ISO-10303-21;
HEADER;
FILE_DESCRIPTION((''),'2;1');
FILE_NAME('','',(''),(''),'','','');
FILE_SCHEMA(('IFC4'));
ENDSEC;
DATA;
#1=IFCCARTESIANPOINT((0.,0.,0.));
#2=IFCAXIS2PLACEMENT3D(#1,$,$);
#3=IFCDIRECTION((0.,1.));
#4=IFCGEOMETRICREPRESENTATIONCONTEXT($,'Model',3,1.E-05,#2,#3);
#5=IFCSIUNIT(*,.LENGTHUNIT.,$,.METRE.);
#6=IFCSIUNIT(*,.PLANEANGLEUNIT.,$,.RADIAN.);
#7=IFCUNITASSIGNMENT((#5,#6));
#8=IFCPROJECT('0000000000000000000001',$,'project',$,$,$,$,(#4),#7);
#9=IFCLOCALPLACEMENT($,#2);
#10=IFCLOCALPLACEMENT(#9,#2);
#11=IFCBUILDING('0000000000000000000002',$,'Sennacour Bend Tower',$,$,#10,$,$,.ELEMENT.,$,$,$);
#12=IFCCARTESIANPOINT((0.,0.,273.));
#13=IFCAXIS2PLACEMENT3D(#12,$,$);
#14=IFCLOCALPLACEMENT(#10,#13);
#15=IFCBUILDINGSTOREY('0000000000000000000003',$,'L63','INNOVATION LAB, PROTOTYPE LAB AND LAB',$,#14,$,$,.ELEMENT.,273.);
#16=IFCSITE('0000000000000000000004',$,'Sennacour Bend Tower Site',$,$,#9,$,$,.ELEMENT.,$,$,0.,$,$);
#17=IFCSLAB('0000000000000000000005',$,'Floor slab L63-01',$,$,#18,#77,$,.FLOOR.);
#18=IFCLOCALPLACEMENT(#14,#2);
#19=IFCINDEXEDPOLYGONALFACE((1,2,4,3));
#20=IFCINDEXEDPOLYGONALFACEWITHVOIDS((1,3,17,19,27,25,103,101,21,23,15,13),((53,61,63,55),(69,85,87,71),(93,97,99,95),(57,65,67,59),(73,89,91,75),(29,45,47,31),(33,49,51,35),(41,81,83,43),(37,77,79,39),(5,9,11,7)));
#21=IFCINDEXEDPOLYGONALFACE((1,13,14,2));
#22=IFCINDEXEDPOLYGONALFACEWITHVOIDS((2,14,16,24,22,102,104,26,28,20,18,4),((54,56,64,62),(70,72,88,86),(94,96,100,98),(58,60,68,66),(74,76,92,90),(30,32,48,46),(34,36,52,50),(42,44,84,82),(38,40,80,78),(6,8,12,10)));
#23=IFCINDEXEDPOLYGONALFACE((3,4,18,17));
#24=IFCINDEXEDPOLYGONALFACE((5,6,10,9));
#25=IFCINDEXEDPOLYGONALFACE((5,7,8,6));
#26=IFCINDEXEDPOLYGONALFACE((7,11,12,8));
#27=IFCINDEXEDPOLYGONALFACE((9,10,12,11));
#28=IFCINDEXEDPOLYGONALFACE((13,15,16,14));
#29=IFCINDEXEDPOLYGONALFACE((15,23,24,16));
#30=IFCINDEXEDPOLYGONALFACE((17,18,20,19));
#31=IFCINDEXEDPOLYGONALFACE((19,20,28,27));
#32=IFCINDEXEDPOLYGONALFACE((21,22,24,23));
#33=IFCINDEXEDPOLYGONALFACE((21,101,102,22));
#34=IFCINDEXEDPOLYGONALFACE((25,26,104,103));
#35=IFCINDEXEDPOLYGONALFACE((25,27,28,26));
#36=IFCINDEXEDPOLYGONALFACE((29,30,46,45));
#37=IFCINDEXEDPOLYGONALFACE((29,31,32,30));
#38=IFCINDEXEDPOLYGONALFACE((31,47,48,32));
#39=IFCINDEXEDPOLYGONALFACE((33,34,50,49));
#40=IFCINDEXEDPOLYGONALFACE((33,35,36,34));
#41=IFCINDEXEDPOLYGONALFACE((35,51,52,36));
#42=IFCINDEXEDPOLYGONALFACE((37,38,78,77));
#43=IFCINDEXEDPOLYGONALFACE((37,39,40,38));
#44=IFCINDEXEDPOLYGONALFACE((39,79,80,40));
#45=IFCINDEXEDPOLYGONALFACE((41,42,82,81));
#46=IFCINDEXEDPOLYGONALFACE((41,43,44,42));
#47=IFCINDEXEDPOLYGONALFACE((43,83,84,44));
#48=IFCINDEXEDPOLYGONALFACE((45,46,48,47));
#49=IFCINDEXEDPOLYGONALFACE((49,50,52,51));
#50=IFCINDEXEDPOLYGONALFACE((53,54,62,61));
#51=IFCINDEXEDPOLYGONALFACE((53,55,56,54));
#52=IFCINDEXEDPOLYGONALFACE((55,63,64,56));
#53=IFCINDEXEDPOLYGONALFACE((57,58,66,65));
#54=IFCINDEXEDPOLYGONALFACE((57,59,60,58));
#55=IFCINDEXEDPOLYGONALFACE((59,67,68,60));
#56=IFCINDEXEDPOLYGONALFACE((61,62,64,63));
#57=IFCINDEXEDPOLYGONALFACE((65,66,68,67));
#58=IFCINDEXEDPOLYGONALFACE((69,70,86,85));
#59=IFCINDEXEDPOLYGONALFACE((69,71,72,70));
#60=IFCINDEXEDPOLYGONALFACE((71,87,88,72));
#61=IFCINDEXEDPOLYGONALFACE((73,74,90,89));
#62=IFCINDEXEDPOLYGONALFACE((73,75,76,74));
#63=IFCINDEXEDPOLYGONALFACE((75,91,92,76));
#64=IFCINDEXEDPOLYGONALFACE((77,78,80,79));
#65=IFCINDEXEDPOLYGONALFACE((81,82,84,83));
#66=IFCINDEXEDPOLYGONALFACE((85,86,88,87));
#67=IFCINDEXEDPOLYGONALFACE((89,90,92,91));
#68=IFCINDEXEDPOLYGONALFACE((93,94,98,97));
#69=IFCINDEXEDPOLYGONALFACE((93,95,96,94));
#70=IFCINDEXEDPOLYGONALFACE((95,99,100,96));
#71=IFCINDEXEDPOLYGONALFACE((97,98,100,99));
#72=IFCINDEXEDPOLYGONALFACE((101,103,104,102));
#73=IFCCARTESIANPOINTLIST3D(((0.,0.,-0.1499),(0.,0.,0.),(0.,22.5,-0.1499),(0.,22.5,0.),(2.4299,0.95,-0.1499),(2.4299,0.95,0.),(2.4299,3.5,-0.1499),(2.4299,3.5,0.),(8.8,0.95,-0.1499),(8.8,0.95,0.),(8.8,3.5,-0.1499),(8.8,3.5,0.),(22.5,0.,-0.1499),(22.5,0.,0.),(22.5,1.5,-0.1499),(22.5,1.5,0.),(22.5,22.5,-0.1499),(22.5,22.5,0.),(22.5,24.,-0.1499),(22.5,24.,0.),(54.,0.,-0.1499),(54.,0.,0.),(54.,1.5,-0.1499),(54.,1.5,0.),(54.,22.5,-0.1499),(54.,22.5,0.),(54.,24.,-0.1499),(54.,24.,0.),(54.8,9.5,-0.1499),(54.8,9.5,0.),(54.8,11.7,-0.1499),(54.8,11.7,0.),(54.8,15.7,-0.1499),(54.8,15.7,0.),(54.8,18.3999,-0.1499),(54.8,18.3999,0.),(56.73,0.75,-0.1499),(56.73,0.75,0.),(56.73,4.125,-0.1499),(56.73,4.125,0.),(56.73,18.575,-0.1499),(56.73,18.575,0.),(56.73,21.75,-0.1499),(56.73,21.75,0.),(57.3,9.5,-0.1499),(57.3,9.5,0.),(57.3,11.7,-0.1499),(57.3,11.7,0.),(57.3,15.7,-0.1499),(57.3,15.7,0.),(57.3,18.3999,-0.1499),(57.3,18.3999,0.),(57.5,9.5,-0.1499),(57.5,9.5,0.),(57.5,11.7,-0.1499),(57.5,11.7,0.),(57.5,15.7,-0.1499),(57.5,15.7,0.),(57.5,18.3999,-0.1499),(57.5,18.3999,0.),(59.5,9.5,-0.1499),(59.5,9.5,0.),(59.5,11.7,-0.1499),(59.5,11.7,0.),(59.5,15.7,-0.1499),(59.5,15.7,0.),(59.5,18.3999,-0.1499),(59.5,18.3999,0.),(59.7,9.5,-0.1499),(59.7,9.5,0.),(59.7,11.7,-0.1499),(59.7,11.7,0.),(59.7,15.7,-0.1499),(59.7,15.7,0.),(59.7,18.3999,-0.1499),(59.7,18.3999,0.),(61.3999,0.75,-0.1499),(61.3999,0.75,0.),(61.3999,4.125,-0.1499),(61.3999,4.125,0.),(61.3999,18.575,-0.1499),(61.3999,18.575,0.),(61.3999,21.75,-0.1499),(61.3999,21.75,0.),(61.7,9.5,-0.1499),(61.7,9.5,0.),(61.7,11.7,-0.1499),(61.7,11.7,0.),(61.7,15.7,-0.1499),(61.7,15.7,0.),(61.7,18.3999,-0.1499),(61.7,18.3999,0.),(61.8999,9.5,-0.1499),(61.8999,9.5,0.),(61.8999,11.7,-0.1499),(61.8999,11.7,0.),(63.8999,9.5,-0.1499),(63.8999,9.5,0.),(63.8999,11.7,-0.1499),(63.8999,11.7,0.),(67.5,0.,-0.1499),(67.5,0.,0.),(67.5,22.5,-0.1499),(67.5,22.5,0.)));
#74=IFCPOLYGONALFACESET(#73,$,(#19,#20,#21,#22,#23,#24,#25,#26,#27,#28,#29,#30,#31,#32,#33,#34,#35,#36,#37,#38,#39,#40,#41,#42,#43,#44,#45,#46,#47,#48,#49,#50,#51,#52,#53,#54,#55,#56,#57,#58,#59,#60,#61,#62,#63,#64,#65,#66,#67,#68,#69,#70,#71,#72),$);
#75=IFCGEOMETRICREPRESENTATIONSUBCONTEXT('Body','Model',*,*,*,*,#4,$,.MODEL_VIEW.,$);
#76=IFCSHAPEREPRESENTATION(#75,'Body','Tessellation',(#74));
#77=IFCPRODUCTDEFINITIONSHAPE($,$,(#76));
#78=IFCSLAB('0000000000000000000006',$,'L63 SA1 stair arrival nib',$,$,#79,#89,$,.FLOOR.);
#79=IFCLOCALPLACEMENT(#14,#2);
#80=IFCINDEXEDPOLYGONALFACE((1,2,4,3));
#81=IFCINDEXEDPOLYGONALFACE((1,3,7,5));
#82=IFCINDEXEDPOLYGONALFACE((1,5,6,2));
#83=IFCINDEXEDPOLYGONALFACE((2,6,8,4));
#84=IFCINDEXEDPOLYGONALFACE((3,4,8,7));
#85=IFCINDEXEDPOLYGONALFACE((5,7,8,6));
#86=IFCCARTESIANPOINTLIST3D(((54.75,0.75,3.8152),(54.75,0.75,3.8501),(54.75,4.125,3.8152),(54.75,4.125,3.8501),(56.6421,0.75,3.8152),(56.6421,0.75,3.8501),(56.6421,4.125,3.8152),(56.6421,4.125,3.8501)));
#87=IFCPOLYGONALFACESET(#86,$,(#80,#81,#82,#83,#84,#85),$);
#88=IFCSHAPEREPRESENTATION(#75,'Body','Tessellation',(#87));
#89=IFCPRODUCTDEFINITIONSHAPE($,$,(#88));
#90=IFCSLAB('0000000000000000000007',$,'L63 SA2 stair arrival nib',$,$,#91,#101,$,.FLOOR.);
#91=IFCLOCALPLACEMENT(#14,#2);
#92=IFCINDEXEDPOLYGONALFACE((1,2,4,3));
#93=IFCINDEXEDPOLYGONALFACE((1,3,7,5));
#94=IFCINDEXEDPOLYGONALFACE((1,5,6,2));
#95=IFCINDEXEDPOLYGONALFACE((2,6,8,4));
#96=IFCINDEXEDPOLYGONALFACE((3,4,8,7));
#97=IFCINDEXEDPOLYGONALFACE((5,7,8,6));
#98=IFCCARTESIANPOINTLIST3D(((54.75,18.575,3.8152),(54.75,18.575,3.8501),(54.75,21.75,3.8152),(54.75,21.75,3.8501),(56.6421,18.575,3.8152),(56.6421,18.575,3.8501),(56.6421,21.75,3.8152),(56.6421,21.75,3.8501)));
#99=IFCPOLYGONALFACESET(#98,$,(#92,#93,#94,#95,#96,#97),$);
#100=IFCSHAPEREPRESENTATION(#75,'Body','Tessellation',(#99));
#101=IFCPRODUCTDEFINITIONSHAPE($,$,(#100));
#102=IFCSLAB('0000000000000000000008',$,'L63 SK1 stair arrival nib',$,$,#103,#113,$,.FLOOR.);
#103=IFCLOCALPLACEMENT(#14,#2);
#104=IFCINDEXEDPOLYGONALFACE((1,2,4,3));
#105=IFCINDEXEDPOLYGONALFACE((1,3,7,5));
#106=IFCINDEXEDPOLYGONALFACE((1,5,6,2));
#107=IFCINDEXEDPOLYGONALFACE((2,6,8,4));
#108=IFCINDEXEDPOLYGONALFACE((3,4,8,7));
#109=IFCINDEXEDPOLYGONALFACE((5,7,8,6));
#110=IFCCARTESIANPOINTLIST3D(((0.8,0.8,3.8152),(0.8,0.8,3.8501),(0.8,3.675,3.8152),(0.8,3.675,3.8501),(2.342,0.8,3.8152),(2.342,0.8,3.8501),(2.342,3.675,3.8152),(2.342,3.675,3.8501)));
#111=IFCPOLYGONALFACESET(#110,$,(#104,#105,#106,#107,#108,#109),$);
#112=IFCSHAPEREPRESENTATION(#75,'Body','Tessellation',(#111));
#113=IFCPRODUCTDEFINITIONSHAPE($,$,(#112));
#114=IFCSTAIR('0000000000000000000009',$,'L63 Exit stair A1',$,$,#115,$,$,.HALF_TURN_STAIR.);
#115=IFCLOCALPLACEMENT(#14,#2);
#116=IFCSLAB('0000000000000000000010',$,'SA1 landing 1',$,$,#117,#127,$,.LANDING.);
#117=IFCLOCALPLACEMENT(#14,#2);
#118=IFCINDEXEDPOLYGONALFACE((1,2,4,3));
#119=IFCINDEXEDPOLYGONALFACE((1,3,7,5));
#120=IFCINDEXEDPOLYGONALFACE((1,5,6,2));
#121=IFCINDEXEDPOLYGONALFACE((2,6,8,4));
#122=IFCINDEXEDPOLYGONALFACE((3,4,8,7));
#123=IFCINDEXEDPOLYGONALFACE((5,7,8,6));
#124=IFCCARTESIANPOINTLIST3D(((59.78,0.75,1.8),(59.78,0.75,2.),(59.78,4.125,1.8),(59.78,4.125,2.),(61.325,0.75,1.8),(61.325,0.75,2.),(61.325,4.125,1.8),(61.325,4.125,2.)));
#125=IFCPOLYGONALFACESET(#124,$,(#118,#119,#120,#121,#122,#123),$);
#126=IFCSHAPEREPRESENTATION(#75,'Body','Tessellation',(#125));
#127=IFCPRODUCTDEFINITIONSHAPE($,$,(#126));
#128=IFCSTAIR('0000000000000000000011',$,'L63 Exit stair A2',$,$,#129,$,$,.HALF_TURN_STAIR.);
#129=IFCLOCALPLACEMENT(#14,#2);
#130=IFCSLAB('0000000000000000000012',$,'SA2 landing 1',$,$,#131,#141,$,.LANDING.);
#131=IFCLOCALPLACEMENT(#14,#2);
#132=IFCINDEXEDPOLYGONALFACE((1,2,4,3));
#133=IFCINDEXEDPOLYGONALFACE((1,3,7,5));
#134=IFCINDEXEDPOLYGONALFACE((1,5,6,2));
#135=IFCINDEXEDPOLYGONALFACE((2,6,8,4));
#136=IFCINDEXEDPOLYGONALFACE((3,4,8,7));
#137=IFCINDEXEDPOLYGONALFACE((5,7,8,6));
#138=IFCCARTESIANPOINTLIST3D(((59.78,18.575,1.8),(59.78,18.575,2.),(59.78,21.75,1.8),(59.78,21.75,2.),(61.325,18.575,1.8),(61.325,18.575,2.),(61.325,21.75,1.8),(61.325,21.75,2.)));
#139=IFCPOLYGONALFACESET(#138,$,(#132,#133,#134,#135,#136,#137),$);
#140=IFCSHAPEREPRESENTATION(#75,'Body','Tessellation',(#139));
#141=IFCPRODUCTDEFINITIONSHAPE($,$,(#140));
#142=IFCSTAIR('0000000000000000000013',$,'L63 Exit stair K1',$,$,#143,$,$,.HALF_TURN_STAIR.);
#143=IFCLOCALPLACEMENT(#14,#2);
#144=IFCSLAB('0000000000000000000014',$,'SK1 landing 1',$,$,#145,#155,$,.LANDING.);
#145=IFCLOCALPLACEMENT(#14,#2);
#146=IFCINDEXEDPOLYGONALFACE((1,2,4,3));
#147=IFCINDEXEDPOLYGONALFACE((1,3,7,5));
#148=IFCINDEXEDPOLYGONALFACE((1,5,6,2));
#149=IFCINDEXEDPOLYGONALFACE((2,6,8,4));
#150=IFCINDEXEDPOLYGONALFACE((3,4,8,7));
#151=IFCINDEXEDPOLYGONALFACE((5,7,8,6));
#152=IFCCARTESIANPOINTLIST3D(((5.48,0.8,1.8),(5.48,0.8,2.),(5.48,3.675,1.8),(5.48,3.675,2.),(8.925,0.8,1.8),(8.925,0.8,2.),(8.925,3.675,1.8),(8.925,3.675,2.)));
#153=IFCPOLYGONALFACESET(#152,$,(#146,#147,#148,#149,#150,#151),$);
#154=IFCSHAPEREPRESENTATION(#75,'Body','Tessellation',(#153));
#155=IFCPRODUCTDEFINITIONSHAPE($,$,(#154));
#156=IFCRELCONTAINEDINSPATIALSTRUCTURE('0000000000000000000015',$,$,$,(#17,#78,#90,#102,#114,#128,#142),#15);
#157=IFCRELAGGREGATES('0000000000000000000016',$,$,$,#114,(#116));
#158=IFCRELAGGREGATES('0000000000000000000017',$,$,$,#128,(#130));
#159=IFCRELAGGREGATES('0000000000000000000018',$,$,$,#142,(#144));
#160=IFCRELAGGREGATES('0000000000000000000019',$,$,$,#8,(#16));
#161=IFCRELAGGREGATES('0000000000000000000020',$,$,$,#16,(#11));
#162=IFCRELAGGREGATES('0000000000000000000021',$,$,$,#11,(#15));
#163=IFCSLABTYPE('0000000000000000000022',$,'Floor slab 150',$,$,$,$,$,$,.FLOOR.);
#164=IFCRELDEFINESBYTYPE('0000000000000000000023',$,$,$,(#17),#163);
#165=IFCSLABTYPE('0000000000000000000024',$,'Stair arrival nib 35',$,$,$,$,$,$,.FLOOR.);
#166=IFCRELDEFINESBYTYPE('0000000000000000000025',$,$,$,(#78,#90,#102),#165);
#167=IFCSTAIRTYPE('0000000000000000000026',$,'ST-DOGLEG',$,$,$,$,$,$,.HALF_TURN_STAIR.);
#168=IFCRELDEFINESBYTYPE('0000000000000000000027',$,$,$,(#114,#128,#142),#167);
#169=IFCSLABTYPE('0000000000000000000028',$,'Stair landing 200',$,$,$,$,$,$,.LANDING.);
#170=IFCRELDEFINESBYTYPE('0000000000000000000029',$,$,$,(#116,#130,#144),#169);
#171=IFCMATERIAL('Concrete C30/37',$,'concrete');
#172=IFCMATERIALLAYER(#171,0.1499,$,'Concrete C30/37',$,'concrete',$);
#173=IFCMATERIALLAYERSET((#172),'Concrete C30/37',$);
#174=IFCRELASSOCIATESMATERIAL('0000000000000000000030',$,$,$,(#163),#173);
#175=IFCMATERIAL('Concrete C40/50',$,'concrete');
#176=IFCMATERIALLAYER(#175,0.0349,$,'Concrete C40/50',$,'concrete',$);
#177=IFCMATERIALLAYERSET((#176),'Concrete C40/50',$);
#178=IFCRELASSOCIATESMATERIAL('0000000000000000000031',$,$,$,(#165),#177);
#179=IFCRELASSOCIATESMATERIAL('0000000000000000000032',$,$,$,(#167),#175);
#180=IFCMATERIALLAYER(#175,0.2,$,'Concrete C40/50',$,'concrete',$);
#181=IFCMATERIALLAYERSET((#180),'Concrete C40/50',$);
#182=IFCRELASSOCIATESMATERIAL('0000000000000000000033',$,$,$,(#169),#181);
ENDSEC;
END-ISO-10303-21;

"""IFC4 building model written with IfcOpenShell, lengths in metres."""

from ifc_helpers import new_model, si_unit, direction, frame, origin, place, context, subcontext, project, spatial, polyline, outline, extrude, material, layer, layer_set, type_object, element, aggregate, save


model = new_model("IFC4")

# Units and contexts
model_context = context("Model", 3, precision=1e-05, world=origin(), true_north=direction((0.0, 1.0)))
body_context = subcontext(model_context, "Body", "Model", "MODEL_VIEW")
ifc_project = project(units=[si_unit("LENGTHUNIT", "METRE"), si_unit("PLANEANGLEUNIT", "RADIAN")], contexts=[model_context])

# Site, building, storey
site_placement = place(None, origin())
site = spatial("IfcSite", under=ifc_project, at=site_placement, Name="Sennacour Bend Tower Site", CompositionType="ELEMENT", RefElevation=0.0)
building_placement = place(site_placement, origin())
building = spatial("IfcBuilding", under=site, at=building_placement, Name="Sennacour Bend Tower", CompositionType="ELEMENT")
storey_placement = place(building_placement, frame((0.0, 0.0, 273.0)))
storey = spatial("IfcBuildingStorey", under=building, at=storey_placement, Name="L63", Description="INNOVATION LAB, PROTOTYPE LAB AND LAB", CompositionType="ELEMENT", Elevation=273.0)

# Slabs
ifc_material_1 = material(Name="Concrete C30/37", Category="concrete")
ifc_layer_1 = layer(ifc_material_1, 0.1499, Name="Concrete C30/37", Category="concrete")
ifc_layer_set_1 = layer_set([ifc_layer_1], Name="Concrete C30/37")
slab_type_1 = type_object("IfcSlabType", Name="Floor slab 150", PredefinedType="FLOOR", material=ifc_layer_set_1)
slab_1_placement = place(storey_placement, frame((0.0, 0.0, -0.1499)))
element("IfcSlab", 1, at=slab_1_placement, inside=storey, type_object=slab_type_1, Name="Floor slab L63-01", PredefinedType="FLOOR", context=body_context, shape_type="SweptSolid", body=[
    extrude(outline(polyline([(0.0, 0.0), (0.0, 22.5), (22.5, 22.5), (22.5, 24.0), (54.0, 24.0), (54.0, 22.5), (67.5, 22.5), (67.5, 0.0), (54.0, 0.0), (54.0, 1.5), (22.5, 1.5), (22.5, 0.0), (0.0, 0.0)]), holes=[polyline([(8.8, 3.5), (2.4299, 3.5), (2.4299, 0.95), (8.8, 0.95), (8.8, 3.5)]), polyline([(61.3999, 4.125), (56.73, 4.125), (56.73, 0.75), (61.3999, 0.75), (61.3999, 4.125)]), polyline([(57.3, 11.7), (54.8, 11.7), (54.8, 9.5), (57.3, 9.5), (57.3, 11.7)]), polyline([(59.5, 9.5), (59.5, 11.7), (57.5, 11.7), (57.5, 9.5), (59.5, 9.5)]), polyline([(61.7, 9.5), (61.7, 11.7), (59.7, 11.7), (59.7, 9.5), (61.7, 9.5)]), polyline([(63.8999, 11.7), (61.8999, 11.7), (61.8999, 9.5), (63.8999, 9.5), (63.8999, 11.7)]), polyline([(57.3, 18.3999), (54.8, 18.3999), (54.8, 15.7), (57.3, 15.7), (57.3, 18.3999)]), polyline([(59.5, 18.3999), (57.5, 18.3999), (57.5, 15.7), (59.5, 15.7), (59.5, 18.3999)]), polyline([(61.7, 15.7), (61.7, 18.3999), (59.7, 18.3999), (59.7, 15.7), (61.7, 15.7)]), polyline([(61.3999, 18.575), (61.3999, 21.75), (56.73, 21.75), (56.73, 18.575), (61.3999, 18.575)])]), origin(), (0.0, 0.0, 1.0), 0.1499),
])
ifc_material_2 = material(Name="Concrete C40/50", Category="concrete")
ifc_layer_2 = layer(ifc_material_2, 0.0349, Name="Concrete C40/50", Category="concrete")
ifc_layer_set_2 = layer_set([ifc_layer_2], Name="Concrete C40/50")
slab_type_2 = type_object("IfcSlabType", Name="Stair arrival nib 35", PredefinedType="FLOOR", material=ifc_layer_set_2)
slab_2_placement = place(storey_placement, frame((0.0, 0.0, 3.8152)))
element("IfcSlab", 2, at=slab_2_placement, inside=storey, type_object=slab_type_2, Name="L63 SA1 stair arrival nib", PredefinedType="FLOOR", context=body_context, shape_type="SweptSolid", body=[
    extrude(outline(polyline([(56.6421, 4.125), (54.75, 4.125), (54.75, 0.75), (56.6421, 0.75), (56.6421, 4.125)])), origin(), (0.0, 0.0, 1.0), 0.0349),
])
slab_3_placement = place(storey_placement, frame((0.0, 0.0, 3.8152)))
element("IfcSlab", 3, at=slab_3_placement, inside=storey, type_object=slab_type_2, Name="L63 SA2 stair arrival nib", PredefinedType="FLOOR", context=body_context, shape_type="SweptSolid", body=[
    extrude(outline(polyline([(56.6421, 21.75), (54.75, 21.75), (54.75, 18.575), (56.6421, 18.575), (56.6421, 21.75)])), origin(), (0.0, 0.0, 1.0), 0.0349),
])
slab_4_placement = place(storey_placement, frame((0.0, 0.0, 3.8152)))
element("IfcSlab", 4, at=slab_4_placement, inside=storey, type_object=slab_type_2, Name="L63 SK1 stair arrival nib", PredefinedType="FLOOR", context=body_context, shape_type="SweptSolid", body=[
    extrude(outline(polyline([(2.342, 3.675), (0.8, 3.675), (0.8, 0.8), (2.342, 0.8), (2.342, 3.675)])), origin(), (0.0, 0.0, 1.0), 0.0349),
])

# Stairs, slabs
stair_type = type_object("IfcStairType", Name="ST-DOGLEG", PredefinedType="HALF_TURN_STAIR", material=ifc_material_2)
stair_1_placement = place(storey_placement, origin())
stair_1 = element("IfcStair", 5, at=stair_1_placement, inside=storey, type_object=stair_type, Name="L63 Exit stair A1", PredefinedType="HALF_TURN_STAIR")
ifc_layer_3 = layer(ifc_material_2, 0.2, Name="Concrete C40/50", Category="concrete")
ifc_layer_set_3 = layer_set([ifc_layer_3], Name="Concrete C40/50")
slab_type_3 = type_object("IfcSlabType", Name="Stair landing 200", PredefinedType="LANDING", material=ifc_layer_set_3)
slab_5_placement = place(storey_placement, frame((0.0, 0.0, 1.8)))
slab_5 = element("IfcSlab", 6, at=slab_5_placement, type_object=slab_type_3, Name="SA1 landing 1", PredefinedType="LANDING", context=body_context, shape_type="SweptSolid", body=[
    extrude(outline(polyline([(59.78, 0.75), (61.325, 0.75), (61.325, 4.125), (59.78, 4.125), (59.78, 0.75)])), origin(), (0.0, 0.0, 1.0), 0.2),
])
aggregate(stair_1, [slab_5])
stair_2_placement = place(storey_placement, origin())
stair_2 = element("IfcStair", 7, at=stair_2_placement, inside=storey, type_object=stair_type, Name="L63 Exit stair A2", PredefinedType="HALF_TURN_STAIR")
slab_6_placement = place(storey_placement, frame((0.0, 0.0, 1.8)))
slab_6 = element("IfcSlab", 8, at=slab_6_placement, type_object=slab_type_3, Name="SA2 landing 1", PredefinedType="LANDING", context=body_context, shape_type="SweptSolid", body=[
    extrude(outline(polyline([(59.78, 18.575), (61.325, 18.575), (61.325, 21.75), (59.78, 21.75), (59.78, 18.575)])), origin(), (0.0, 0.0, 1.0), 0.2),
])
aggregate(stair_2, [slab_6])
stair_3_placement = place(storey_placement, origin())
stair_3 = element("IfcStair", 9, at=stair_3_placement, inside=storey, type_object=stair_type, Name="L63 Exit stair K1", PredefinedType="HALF_TURN_STAIR")
slab_7_placement = place(storey_placement, frame((0.0, 0.0, 1.8)))
slab_7 = element("IfcSlab", 10, at=slab_7_placement, type_object=slab_type_3, Name="SK1 landing 1", PredefinedType="LANDING", context=body_context, shape_type="SweptSolid", body=[
    extrude(outline(polyline([(5.48, 0.8), (8.925, 0.8), (8.925, 3.675), (5.48, 3.675), (5.48, 0.8)])), origin(), (0.0, 0.0, 1.0), 0.2),
])

aggregate(stair_3, [slab_7])

save(model, "model.ifc")
